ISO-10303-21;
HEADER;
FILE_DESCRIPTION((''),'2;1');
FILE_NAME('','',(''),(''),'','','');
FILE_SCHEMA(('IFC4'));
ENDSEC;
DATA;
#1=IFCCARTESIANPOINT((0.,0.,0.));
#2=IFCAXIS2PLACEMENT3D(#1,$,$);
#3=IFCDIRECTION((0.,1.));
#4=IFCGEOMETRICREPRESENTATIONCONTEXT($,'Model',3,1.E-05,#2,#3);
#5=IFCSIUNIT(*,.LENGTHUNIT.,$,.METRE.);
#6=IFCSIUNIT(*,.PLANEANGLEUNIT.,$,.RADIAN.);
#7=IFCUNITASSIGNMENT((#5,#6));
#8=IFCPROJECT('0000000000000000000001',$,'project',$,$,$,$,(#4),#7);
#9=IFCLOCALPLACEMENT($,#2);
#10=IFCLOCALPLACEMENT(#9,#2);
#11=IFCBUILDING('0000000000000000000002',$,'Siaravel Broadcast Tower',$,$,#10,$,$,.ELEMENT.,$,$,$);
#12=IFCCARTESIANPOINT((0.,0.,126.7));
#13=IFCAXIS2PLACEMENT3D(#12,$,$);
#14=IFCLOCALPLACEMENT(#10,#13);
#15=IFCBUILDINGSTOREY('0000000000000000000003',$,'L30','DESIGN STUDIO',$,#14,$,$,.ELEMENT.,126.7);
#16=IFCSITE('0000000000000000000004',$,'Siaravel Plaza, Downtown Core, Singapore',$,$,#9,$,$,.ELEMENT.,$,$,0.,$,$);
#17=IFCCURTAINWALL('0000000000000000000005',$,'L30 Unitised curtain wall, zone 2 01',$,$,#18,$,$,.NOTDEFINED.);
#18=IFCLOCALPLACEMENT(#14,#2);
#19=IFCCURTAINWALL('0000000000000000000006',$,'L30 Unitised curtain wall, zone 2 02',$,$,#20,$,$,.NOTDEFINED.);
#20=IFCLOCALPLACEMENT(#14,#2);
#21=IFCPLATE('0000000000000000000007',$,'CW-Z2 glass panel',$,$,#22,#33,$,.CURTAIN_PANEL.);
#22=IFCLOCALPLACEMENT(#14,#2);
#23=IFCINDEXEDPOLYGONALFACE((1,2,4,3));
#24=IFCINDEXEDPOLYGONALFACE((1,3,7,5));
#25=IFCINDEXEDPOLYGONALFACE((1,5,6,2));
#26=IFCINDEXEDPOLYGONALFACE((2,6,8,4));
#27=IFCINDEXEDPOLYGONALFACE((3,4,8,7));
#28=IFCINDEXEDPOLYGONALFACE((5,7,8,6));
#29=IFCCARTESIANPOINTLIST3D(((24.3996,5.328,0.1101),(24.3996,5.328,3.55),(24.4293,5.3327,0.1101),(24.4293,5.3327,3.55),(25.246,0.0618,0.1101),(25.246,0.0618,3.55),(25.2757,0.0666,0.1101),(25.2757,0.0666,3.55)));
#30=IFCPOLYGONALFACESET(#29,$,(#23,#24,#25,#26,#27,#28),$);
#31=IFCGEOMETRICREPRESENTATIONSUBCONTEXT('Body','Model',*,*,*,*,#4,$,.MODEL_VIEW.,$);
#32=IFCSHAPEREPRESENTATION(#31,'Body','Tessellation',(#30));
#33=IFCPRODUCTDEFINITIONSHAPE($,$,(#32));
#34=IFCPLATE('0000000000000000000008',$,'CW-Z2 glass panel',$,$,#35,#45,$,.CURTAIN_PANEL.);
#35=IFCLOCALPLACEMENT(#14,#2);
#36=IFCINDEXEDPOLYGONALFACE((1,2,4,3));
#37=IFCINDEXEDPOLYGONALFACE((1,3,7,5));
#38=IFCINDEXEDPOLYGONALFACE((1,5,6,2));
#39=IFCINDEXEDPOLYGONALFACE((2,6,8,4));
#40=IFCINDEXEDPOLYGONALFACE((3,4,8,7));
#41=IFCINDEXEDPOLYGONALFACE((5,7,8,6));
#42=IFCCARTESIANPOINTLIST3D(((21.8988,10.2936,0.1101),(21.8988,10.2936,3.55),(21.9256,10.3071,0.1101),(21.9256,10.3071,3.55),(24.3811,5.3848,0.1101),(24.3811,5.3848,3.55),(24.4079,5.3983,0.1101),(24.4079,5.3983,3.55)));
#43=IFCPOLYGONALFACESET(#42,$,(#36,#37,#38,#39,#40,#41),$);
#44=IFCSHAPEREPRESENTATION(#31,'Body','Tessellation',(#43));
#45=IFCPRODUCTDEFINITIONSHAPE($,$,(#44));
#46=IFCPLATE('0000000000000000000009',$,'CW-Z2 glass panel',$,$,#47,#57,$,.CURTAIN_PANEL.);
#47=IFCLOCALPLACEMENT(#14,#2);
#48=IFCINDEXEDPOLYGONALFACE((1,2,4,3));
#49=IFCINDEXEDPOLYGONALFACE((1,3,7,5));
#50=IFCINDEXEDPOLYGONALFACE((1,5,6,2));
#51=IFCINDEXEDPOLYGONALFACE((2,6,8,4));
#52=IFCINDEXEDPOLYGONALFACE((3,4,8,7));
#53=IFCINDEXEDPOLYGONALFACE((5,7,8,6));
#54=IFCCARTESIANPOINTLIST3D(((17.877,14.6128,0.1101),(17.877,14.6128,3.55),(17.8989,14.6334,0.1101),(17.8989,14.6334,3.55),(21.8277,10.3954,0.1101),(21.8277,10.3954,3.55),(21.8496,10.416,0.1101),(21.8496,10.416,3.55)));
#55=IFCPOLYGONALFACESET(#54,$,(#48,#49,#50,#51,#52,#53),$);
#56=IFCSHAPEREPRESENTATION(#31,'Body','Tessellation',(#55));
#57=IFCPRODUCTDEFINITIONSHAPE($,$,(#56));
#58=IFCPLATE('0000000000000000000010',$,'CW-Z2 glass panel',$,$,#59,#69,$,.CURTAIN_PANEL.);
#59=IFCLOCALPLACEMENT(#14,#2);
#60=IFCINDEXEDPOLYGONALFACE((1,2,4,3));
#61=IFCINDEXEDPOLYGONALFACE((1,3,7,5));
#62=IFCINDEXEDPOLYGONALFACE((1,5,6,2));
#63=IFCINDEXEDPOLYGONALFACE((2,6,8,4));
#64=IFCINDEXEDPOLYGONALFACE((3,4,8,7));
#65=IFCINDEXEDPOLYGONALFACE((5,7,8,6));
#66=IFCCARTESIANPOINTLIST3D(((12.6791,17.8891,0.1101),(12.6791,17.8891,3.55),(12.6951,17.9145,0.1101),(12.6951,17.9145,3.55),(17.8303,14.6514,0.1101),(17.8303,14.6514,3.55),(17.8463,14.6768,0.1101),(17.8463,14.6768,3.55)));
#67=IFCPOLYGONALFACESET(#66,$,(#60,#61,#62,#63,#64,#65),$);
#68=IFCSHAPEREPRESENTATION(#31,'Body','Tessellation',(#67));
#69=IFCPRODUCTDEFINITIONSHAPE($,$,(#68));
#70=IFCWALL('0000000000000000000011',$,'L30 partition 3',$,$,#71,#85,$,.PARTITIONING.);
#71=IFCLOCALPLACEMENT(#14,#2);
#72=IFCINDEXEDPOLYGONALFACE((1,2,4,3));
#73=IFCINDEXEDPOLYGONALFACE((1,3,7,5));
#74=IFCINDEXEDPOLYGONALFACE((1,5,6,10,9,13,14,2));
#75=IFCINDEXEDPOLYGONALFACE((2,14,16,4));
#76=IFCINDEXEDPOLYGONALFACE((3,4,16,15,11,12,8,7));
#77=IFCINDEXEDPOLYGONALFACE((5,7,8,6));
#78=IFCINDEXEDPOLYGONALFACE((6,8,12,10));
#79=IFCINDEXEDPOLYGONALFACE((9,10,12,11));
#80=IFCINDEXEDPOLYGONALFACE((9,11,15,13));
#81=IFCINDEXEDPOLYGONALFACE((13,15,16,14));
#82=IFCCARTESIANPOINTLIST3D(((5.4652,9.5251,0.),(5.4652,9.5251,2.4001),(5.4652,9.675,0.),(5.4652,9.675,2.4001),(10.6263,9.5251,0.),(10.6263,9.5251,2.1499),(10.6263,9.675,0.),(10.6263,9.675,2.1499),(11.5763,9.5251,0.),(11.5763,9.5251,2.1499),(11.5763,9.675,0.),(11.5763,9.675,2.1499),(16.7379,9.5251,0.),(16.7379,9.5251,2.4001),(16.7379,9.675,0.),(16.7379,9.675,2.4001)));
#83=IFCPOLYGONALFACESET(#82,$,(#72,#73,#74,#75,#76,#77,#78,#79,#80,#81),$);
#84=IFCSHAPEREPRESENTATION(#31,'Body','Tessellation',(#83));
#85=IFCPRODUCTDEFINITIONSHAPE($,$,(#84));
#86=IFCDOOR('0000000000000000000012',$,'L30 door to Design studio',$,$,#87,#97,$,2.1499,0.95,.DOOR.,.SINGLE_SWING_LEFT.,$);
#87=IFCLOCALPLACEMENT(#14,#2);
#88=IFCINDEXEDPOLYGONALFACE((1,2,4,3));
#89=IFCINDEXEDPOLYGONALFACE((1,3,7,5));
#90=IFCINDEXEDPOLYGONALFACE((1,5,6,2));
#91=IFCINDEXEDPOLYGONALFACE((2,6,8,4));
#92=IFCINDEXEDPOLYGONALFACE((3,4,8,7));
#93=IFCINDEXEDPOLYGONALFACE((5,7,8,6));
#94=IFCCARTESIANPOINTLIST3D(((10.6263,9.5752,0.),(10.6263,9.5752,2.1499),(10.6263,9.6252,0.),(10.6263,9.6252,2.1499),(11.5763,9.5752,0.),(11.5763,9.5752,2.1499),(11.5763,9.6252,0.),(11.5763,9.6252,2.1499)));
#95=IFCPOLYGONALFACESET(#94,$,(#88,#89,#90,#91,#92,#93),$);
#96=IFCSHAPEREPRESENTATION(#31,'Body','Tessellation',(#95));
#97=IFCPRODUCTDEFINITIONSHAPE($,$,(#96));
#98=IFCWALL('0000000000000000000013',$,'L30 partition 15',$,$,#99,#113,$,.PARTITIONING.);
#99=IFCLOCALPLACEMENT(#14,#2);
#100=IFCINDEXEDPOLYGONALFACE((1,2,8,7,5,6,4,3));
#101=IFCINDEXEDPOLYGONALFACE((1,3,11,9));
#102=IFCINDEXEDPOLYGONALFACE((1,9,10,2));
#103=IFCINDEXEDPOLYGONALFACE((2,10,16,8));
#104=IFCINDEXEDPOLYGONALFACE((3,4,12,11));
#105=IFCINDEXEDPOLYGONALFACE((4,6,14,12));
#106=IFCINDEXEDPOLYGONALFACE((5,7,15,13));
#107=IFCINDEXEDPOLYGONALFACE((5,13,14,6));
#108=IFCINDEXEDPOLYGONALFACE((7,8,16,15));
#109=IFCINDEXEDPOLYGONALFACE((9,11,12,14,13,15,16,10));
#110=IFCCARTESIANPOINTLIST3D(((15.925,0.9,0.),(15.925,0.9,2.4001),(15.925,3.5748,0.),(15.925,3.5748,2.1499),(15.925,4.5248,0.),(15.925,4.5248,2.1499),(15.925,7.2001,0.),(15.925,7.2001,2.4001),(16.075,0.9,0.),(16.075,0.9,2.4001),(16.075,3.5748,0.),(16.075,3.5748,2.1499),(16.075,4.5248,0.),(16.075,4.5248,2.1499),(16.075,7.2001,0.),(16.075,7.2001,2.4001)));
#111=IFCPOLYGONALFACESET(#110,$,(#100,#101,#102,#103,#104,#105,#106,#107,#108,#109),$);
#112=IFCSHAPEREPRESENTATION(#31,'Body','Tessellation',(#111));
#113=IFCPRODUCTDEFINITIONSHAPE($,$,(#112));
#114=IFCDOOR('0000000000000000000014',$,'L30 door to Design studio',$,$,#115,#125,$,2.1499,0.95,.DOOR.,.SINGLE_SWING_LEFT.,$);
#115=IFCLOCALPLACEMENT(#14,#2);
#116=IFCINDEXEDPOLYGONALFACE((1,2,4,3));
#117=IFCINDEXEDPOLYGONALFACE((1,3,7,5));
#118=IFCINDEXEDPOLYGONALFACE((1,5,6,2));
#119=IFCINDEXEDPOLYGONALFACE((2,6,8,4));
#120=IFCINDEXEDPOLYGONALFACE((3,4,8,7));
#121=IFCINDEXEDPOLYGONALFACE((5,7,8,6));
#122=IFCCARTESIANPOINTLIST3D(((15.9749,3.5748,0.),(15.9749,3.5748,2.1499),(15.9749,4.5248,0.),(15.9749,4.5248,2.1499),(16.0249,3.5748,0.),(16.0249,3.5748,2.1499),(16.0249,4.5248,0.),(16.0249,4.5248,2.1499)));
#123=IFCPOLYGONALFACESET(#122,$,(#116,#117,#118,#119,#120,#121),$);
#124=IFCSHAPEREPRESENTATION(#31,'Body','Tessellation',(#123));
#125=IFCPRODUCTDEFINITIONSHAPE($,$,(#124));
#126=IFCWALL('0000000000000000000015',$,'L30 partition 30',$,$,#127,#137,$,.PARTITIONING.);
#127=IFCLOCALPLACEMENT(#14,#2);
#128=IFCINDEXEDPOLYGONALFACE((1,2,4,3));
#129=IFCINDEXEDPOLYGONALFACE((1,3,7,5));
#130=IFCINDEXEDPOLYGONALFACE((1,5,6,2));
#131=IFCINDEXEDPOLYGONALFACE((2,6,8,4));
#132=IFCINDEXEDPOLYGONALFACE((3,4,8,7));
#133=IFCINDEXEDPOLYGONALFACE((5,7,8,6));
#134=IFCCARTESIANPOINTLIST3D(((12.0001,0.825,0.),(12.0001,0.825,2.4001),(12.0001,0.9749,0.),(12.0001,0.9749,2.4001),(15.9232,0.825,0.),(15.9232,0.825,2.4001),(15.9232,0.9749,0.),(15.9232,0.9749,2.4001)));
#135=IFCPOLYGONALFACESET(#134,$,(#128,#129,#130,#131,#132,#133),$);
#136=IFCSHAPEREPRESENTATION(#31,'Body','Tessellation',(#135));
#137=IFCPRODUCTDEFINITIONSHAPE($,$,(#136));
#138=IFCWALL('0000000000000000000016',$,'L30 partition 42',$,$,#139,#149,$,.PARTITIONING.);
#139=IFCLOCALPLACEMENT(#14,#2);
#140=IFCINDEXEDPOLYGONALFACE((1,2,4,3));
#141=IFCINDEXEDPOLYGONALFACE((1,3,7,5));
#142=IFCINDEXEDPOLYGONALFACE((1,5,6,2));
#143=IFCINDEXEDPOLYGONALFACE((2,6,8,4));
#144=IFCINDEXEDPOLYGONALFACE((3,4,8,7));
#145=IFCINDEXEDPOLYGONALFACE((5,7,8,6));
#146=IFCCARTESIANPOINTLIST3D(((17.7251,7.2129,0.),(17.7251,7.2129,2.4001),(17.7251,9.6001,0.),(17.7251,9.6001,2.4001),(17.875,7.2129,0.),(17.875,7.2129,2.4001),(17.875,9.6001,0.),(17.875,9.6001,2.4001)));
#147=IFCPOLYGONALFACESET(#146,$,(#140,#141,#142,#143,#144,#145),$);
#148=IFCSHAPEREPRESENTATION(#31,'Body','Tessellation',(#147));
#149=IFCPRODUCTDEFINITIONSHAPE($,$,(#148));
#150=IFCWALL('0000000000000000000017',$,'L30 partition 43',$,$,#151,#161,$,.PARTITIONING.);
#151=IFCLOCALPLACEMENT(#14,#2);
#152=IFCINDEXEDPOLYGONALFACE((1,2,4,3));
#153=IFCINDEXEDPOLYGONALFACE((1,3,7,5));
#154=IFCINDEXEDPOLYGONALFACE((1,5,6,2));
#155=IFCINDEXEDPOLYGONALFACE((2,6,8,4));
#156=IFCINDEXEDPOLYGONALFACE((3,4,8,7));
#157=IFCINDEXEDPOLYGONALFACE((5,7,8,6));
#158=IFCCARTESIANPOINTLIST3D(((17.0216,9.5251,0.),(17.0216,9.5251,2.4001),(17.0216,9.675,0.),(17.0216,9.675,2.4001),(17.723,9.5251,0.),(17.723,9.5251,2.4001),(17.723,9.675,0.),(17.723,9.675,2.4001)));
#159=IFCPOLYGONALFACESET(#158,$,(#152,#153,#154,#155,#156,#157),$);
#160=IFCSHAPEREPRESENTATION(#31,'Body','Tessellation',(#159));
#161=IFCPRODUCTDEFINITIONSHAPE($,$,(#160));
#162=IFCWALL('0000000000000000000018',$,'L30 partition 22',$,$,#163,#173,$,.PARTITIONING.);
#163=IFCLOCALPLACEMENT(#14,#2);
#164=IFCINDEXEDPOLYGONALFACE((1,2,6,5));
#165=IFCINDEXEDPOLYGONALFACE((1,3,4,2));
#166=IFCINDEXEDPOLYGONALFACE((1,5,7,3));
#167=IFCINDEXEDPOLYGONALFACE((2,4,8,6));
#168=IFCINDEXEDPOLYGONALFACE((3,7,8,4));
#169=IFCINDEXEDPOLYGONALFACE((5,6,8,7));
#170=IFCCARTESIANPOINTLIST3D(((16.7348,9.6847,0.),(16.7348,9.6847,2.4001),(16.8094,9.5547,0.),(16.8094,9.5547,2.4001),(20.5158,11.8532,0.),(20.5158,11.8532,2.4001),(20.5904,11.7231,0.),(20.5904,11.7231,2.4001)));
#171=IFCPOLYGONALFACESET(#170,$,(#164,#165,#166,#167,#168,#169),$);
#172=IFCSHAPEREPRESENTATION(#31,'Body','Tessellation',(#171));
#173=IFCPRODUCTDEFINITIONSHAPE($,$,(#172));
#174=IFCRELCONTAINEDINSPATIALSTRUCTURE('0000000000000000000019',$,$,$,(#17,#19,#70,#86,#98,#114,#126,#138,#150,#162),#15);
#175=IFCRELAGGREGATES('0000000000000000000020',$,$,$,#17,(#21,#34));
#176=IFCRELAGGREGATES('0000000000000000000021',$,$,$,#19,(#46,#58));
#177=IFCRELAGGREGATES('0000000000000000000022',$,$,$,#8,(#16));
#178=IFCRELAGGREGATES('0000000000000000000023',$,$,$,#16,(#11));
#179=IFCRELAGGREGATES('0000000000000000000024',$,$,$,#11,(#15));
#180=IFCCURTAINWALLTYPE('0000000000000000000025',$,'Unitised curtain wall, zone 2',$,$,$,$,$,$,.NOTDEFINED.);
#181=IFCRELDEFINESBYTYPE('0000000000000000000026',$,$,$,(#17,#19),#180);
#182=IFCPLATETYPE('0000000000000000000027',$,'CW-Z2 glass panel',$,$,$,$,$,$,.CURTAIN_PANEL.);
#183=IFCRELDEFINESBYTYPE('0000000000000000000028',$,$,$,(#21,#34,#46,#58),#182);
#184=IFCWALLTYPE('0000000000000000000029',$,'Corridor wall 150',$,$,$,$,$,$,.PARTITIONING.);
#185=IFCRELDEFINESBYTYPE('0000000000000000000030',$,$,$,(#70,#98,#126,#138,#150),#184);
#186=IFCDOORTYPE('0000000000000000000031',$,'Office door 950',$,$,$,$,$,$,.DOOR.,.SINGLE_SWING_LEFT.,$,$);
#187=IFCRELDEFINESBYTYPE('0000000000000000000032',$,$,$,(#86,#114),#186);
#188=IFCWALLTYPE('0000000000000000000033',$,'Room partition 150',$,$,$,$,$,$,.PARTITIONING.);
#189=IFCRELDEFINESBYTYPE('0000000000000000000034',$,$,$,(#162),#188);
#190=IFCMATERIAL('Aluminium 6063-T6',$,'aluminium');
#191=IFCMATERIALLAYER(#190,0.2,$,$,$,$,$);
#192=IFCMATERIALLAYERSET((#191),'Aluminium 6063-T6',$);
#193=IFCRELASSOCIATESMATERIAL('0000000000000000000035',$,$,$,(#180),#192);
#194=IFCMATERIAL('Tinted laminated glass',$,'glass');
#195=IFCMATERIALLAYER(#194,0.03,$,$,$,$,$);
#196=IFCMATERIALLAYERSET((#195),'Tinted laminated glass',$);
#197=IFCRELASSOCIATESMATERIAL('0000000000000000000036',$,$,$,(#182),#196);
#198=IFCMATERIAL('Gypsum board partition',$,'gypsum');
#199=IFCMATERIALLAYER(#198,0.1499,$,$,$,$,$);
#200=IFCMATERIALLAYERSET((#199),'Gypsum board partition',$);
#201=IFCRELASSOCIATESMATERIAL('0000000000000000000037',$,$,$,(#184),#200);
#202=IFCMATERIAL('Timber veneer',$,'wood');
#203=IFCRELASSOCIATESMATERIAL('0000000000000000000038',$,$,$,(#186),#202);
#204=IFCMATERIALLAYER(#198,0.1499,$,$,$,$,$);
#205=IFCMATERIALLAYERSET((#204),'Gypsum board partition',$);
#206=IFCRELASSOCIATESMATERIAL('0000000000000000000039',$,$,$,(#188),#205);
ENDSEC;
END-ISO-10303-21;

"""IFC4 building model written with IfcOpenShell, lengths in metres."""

from ifc_helpers import new_model, si_unit, direction, frame, frame_2d, origin, origin_2d, place, context, subcontext, project, spatial, rectangle, extrude, material, layer, layer_set, type_object, element, fill, aggregate, save


model = new_model("IFC4")

# Units and contexts
model_context = context("Model", 3, precision=1e-05, world=origin(), true_north=direction((0.0, 1.0)))
body_context = subcontext(model_context, "Body", "Model", "MODEL_VIEW")
ifc_project = project(units=[si_unit("LENGTHUNIT", "METRE"), si_unit("PLANEANGLEUNIT", "RADIAN")], contexts=[model_context])

# Site, building, storey
site_placement = place(None, origin())
site = spatial("IfcSite", under=ifc_project, at=site_placement, Name="Siaravel Plaza, Downtown Core, Singapore", CompositionType="ELEMENT", RefElevation=0.0)
building_placement = place(site_placement, origin())
building = spatial("IfcBuilding", under=site, at=building_placement, Name="Siaravel Broadcast Tower", CompositionType="ELEMENT")
storey_placement = place(building_placement, frame((0.0, 0.0, 126.7)))
storey = spatial("IfcBuildingStorey", under=building, at=storey_placement, Name="L30", Description="DESIGN STUDIO", CompositionType="ELEMENT", Elevation=126.7)

# Curtain walls
ifc_material_1 = material(Name="Aluminium 6063-T6", Category="aluminium")
ifc_layer_1 = layer(ifc_material_1, 0.2)
ifc_layer_set_1 = layer_set([ifc_layer_1], Name="Aluminium 6063-T6")
curtain_wall_type = type_object("IfcCurtainWallType", Name="Unitised curtain wall, zone 2", PredefinedType="NOTDEFINED", material=ifc_layer_set_1)
curtain_wall_1_placement = place(storey_placement, origin())
curtain_wall_1 = element("IfcCurtainWall", 1, at=curtain_wall_1_placement, inside=storey, type_object=curtain_wall_type, Name="L30 Unitised curtain wall, zone 2 01", PredefinedType="NOTDEFINED")
curtain_wall_2_placement = place(storey_placement, origin())
curtain_wall_2 = element("IfcCurtainWall", 2, at=curtain_wall_2_placement, inside=storey, type_object=curtain_wall_type, Name="L30 Unitised curtain wall, zone 2 02", PredefinedType="NOTDEFINED")

# Plates
ifc_material_2 = material(Name="Tinted laminated glass", Category="glass")
ifc_layer_2 = layer(ifc_material_2, 0.03)
ifc_layer_set_2 = layer_set([ifc_layer_2], Name="Tinted laminated glass")
plate_type = type_object("IfcPlateType", Name="CW-Z2 glass panel", PredefinedType="CURTAIN_PANEL", material=ifc_layer_set_2)
plate_1_placement = place(storey_placement, frame((24.8376, 2.6973, 0.1101), z_axis=(0.0, 0.0, 1.0), x_axis=(-0.158686, 0.987329, 0.0)))
plate_1 = element("IfcPlate", 3, at=plate_1_placement, type_object=plate_type, Name="CW-Z2 glass panel", PredefinedType="CURTAIN_PANEL", context=body_context, shape_type="SweptSolid", body=[
    extrude(rectangle(XDim=5.3337, YDim=0.03, at=origin_2d()), origin(), (0.0, 0.0, 1.0), 3.4399),
])
plate_2_placement = place(storey_placement, frame((23.1533, 7.8459, 0.1101), z_axis=(0.0, 0.0, 1.0), x_axis=(-0.451261, 0.892392, 0.0)))
plate_2 = element("IfcPlate", 4, at=plate_2_placement, type_object=plate_type, Name="CW-Z2 glass panel", PredefinedType="CURTAIN_PANEL", context=body_context, shape_type="SweptSolid", body=[
    extrude(rectangle(XDim=5.5007, YDim=0.03, at=origin_2d()), origin(), (0.0, 0.0, 1.0), 3.4399),
])
aggregate(curtain_wall_1, [plate_1, plate_2])
plate_3_placement = place(storey_placement, frame((19.8633, 12.5144, 0.1101), z_axis=(0.0, 0.0, 1.0), x_axis=(-0.683655, 0.729805, 0.0)))
plate_3 = element("IfcPlate", 5, at=plate_3_placement, type_object=plate_type, Name="CW-Z2 glass panel", PredefinedType="CURTAIN_PANEL", context=body_context, shape_type="SweptSolid", body=[
    extrude(rectangle(XDim=5.7788, YDim=0.03, at=origin_2d()), origin(), (0.0, 0.0, 1.0), 3.4399),
])
plate_4_placement = place(storey_placement, frame((15.2627, 16.283, 0.1101), z_axis=(0.0, 0.0, 1.0), x_axis=(-0.846651, 0.532149, 0.0)))
plate_4 = element("IfcPlate", 6, at=plate_4_placement, type_object=plate_type, Name="CW-Z2 glass panel", PredefinedType="CURTAIN_PANEL", context=body_context, shape_type="SweptSolid", body=[
    extrude(rectangle(XDim=6.0842, YDim=0.03, at=origin_2d()), origin(), (0.0, 0.0, 1.0), 3.4399),
])
aggregate(curtain_wall_2, [plate_3, plate_4])

# Walls, openings, doors
ifc_material_3 = material(Name="Gypsum board partition", Category="gypsum")
ifc_layer_3 = layer(ifc_material_3, 0.1499)
ifc_layer_set_3 = layer_set([ifc_layer_3], Name="Gypsum board partition")
wall_type_1 = type_object("IfcWallType", Name="Corridor wall 150", PredefinedType="PARTITIONING", material=ifc_layer_set_3)
wall_1_placement = place(storey_placement, frame((16.7378, 9.6001, 0.0), z_axis=(0.0, 0.0, 1.0), x_axis=(-1.0, 0.0, 0.0)))
wall_1 = element("IfcWall", 7, at=wall_1_placement, inside=storey, type_object=wall_type_1, Name="L30 partition 3", PredefinedType="PARTITIONING", context=body_context, shape_type="SweptSolid", body=[
    extrude(rectangle(XDim=11.2727, YDim=0.1499, at=frame_2d((5.6362, 0.0))), origin(), (0.0, 0.0, 1.0), 2.4001),
])
opening_1_placement = place(wall_1_placement, frame((5.1614, 0.0, 0.0)))
opening_1 = element("IfcOpeningElement", 8, at=opening_1_placement, cuts=wall_1, PredefinedType="OPENING", context=body_context, shape_type="SweptSolid", body=[
    extrude(rectangle(XDim=0.95, YDim=2.1499, at=frame_2d((0.4751, 1.075))), frame((0.0, 0.085, 0.0), z_axis=(0.0, -1.0, 0.0), x_axis=(1.0, 0.0, 0.0)), (0.0, 0.0, 1.0), 0.1699),
])
ifc_material_4 = material(Name="Timber veneer", Category="wood")
door_type = type_object("IfcDoorType", Name="Office door 950", OperationType="SINGLE_SWING_LEFT", PredefinedType="DOOR", material=ifc_material_4)
door_1_placement = place(opening_1_placement, origin())
door_1 = element("IfcDoor", 9, at=door_1_placement, inside=storey, type_object=door_type, Name="L30 door to Design studio", OperationType="SINGLE_SWING_LEFT", OverallHeight=2.1499, OverallWidth=0.95, PredefinedType="DOOR", context=body_context, shape_type="SweptSolid", body=[
    extrude(rectangle(XDim=0.95, YDim=2.1499, at=frame_2d((0.4751, 1.075))), frame((0.0, 0.0249, 0.0), z_axis=(0.0, -1.0, 0.0), x_axis=(1.0, 0.0, 0.0)), (0.0, 0.0, 1.0), 0.05),
])
fill(opening_1, door_1)
wall_2_placement = place(storey_placement, frame((16.0, 7.2, 0.0), z_axis=(0.0, 0.0, 1.0), x_axis=(0.0, -1.0, 0.0)))
wall_2 = element("IfcWall", 10, at=wall_2_placement, inside=storey, type_object=wall_type_1, Name="L30 partition 15", PredefinedType="PARTITIONING", context=body_context, shape_type="SweptSolid", body=[
    extrude(rectangle(XDim=6.3, YDim=0.1499, at=frame_2d((3.1499, 0.0))), origin(), (0.0, 0.0, 1.0), 2.4001),
])
opening_2_placement = place(wall_2_placement, frame((2.675, 0.0, 0.0)))
opening_2 = element("IfcOpeningElement", 11, at=opening_2_placement, cuts=wall_2, PredefinedType="OPENING", context=body_context, shape_type="SweptSolid", body=[
    extrude(rectangle(XDim=0.95, YDim=2.1499, at=frame_2d((0.4751, 1.075))), frame((0.0, 0.085, 0.0), z_axis=(0.0, -1.0, 0.0), x_axis=(1.0, 0.0, 0.0)), (0.0, 0.0, 1.0), 0.1699),
])
door_2_placement = place(opening_2_placement, origin())
door_2 = element("IfcDoor", 12, at=door_2_placement, inside=storey, type_object=door_type, Name="L30 door to Design studio", OperationType="SINGLE_SWING_LEFT", OverallHeight=2.1499, OverallWidth=0.95, PredefinedType="DOOR", context=body_context, shape_type="SweptSolid", body=[
    extrude(rectangle(XDim=0.95, YDim=2.1499, at=frame_2d((0.4751, 1.075))), frame((0.0, 0.0249, 0.0), z_axis=(0.0, -1.0, 0.0), x_axis=(1.0, 0.0, 0.0)), (0.0, 0.0, 1.0), 0.05),
])
fill(opening_2, door_2)

# Walls
wall_3_placement = place(storey_placement, frame((15.9231, 0.8999, 0.0), z_axis=(0.0, 0.0, 1.0), x_axis=(-1.0, 0.0, 0.0)))
element("IfcWall", 13, at=wall_3_placement, inside=storey, type_object=wall_type_1, Name="L30 partition 30", PredefinedType="PARTITIONING", context=body_context, shape_type="SweptSolid", body=[
    extrude(rectangle(XDim=3.9231, YDim=0.1499, at=frame_2d((1.9614, 0.0))), origin(), (0.0, 0.0, 1.0), 2.4001),
])
wall_4_placement = place(storey_placement, frame((17.8, 7.2129, 0.0), z_axis=(0.0, 0.0, 1.0), x_axis=(0.0, 1.0, 0.0)))
element("IfcWall", 14, at=wall_4_placement, inside=storey, type_object=wall_type_1, Name="L30 partition 42", PredefinedType="PARTITIONING", context=body_context, shape_type="SweptSolid", body=[
    extrude(rectangle(XDim=2.3872, YDim=0.1499, at=frame_2d((1.1936, 0.0))), origin(), (0.0, 0.0, 1.0), 2.4001),
])
wall_5_placement = place(storey_placement, frame((17.7229, 9.6001, 0.0), z_axis=(0.0, 0.0, 1.0), x_axis=(-1.0, 0.0, 0.0)))
element("IfcWall", 15, at=wall_5_placement, inside=storey, type_object=wall_type_1, Name="L30 partition 43", PredefinedType="PARTITIONING", context=body_context, shape_type="SweptSolid", body=[
    extrude(rectangle(XDim=0.7014, YDim=0.1499, at=frame_2d((0.3506, 0.0))), origin(), (0.0, 0.0, 1.0), 2.4001),
])
ifc_layer_4 = layer(ifc_material_3, 0.1499)
ifc_layer_set_4 = layer_set([ifc_layer_4], Name="Gypsum board partition")
wall_type_2 = type_object("IfcWallType", Name="Room partition 150", PredefinedType="PARTITIONING", material=ifc_layer_set_4)
wall_6_placement = place(storey_placement, frame((20.553, 11.7881, 0.0), z_axis=(0.0, 0.0, 1.0), x_axis=(-0.867463, -0.497502, 0.0)))
element("IfcWall", 16, at=wall_6_placement, inside=storey, type_object=wall_type_2, Name="L30 partition 22", PredefinedType="PARTITIONING", context=body_context, shape_type="SweptSolid", body=[
    extrude(rectangle(XDim=4.3586, YDim=0.1499, at=frame_2d((2.1792, 0.0))), origin(), (0.0, 0.0, 1.0), 2.4001),
])

save(model, "model.ifc")
